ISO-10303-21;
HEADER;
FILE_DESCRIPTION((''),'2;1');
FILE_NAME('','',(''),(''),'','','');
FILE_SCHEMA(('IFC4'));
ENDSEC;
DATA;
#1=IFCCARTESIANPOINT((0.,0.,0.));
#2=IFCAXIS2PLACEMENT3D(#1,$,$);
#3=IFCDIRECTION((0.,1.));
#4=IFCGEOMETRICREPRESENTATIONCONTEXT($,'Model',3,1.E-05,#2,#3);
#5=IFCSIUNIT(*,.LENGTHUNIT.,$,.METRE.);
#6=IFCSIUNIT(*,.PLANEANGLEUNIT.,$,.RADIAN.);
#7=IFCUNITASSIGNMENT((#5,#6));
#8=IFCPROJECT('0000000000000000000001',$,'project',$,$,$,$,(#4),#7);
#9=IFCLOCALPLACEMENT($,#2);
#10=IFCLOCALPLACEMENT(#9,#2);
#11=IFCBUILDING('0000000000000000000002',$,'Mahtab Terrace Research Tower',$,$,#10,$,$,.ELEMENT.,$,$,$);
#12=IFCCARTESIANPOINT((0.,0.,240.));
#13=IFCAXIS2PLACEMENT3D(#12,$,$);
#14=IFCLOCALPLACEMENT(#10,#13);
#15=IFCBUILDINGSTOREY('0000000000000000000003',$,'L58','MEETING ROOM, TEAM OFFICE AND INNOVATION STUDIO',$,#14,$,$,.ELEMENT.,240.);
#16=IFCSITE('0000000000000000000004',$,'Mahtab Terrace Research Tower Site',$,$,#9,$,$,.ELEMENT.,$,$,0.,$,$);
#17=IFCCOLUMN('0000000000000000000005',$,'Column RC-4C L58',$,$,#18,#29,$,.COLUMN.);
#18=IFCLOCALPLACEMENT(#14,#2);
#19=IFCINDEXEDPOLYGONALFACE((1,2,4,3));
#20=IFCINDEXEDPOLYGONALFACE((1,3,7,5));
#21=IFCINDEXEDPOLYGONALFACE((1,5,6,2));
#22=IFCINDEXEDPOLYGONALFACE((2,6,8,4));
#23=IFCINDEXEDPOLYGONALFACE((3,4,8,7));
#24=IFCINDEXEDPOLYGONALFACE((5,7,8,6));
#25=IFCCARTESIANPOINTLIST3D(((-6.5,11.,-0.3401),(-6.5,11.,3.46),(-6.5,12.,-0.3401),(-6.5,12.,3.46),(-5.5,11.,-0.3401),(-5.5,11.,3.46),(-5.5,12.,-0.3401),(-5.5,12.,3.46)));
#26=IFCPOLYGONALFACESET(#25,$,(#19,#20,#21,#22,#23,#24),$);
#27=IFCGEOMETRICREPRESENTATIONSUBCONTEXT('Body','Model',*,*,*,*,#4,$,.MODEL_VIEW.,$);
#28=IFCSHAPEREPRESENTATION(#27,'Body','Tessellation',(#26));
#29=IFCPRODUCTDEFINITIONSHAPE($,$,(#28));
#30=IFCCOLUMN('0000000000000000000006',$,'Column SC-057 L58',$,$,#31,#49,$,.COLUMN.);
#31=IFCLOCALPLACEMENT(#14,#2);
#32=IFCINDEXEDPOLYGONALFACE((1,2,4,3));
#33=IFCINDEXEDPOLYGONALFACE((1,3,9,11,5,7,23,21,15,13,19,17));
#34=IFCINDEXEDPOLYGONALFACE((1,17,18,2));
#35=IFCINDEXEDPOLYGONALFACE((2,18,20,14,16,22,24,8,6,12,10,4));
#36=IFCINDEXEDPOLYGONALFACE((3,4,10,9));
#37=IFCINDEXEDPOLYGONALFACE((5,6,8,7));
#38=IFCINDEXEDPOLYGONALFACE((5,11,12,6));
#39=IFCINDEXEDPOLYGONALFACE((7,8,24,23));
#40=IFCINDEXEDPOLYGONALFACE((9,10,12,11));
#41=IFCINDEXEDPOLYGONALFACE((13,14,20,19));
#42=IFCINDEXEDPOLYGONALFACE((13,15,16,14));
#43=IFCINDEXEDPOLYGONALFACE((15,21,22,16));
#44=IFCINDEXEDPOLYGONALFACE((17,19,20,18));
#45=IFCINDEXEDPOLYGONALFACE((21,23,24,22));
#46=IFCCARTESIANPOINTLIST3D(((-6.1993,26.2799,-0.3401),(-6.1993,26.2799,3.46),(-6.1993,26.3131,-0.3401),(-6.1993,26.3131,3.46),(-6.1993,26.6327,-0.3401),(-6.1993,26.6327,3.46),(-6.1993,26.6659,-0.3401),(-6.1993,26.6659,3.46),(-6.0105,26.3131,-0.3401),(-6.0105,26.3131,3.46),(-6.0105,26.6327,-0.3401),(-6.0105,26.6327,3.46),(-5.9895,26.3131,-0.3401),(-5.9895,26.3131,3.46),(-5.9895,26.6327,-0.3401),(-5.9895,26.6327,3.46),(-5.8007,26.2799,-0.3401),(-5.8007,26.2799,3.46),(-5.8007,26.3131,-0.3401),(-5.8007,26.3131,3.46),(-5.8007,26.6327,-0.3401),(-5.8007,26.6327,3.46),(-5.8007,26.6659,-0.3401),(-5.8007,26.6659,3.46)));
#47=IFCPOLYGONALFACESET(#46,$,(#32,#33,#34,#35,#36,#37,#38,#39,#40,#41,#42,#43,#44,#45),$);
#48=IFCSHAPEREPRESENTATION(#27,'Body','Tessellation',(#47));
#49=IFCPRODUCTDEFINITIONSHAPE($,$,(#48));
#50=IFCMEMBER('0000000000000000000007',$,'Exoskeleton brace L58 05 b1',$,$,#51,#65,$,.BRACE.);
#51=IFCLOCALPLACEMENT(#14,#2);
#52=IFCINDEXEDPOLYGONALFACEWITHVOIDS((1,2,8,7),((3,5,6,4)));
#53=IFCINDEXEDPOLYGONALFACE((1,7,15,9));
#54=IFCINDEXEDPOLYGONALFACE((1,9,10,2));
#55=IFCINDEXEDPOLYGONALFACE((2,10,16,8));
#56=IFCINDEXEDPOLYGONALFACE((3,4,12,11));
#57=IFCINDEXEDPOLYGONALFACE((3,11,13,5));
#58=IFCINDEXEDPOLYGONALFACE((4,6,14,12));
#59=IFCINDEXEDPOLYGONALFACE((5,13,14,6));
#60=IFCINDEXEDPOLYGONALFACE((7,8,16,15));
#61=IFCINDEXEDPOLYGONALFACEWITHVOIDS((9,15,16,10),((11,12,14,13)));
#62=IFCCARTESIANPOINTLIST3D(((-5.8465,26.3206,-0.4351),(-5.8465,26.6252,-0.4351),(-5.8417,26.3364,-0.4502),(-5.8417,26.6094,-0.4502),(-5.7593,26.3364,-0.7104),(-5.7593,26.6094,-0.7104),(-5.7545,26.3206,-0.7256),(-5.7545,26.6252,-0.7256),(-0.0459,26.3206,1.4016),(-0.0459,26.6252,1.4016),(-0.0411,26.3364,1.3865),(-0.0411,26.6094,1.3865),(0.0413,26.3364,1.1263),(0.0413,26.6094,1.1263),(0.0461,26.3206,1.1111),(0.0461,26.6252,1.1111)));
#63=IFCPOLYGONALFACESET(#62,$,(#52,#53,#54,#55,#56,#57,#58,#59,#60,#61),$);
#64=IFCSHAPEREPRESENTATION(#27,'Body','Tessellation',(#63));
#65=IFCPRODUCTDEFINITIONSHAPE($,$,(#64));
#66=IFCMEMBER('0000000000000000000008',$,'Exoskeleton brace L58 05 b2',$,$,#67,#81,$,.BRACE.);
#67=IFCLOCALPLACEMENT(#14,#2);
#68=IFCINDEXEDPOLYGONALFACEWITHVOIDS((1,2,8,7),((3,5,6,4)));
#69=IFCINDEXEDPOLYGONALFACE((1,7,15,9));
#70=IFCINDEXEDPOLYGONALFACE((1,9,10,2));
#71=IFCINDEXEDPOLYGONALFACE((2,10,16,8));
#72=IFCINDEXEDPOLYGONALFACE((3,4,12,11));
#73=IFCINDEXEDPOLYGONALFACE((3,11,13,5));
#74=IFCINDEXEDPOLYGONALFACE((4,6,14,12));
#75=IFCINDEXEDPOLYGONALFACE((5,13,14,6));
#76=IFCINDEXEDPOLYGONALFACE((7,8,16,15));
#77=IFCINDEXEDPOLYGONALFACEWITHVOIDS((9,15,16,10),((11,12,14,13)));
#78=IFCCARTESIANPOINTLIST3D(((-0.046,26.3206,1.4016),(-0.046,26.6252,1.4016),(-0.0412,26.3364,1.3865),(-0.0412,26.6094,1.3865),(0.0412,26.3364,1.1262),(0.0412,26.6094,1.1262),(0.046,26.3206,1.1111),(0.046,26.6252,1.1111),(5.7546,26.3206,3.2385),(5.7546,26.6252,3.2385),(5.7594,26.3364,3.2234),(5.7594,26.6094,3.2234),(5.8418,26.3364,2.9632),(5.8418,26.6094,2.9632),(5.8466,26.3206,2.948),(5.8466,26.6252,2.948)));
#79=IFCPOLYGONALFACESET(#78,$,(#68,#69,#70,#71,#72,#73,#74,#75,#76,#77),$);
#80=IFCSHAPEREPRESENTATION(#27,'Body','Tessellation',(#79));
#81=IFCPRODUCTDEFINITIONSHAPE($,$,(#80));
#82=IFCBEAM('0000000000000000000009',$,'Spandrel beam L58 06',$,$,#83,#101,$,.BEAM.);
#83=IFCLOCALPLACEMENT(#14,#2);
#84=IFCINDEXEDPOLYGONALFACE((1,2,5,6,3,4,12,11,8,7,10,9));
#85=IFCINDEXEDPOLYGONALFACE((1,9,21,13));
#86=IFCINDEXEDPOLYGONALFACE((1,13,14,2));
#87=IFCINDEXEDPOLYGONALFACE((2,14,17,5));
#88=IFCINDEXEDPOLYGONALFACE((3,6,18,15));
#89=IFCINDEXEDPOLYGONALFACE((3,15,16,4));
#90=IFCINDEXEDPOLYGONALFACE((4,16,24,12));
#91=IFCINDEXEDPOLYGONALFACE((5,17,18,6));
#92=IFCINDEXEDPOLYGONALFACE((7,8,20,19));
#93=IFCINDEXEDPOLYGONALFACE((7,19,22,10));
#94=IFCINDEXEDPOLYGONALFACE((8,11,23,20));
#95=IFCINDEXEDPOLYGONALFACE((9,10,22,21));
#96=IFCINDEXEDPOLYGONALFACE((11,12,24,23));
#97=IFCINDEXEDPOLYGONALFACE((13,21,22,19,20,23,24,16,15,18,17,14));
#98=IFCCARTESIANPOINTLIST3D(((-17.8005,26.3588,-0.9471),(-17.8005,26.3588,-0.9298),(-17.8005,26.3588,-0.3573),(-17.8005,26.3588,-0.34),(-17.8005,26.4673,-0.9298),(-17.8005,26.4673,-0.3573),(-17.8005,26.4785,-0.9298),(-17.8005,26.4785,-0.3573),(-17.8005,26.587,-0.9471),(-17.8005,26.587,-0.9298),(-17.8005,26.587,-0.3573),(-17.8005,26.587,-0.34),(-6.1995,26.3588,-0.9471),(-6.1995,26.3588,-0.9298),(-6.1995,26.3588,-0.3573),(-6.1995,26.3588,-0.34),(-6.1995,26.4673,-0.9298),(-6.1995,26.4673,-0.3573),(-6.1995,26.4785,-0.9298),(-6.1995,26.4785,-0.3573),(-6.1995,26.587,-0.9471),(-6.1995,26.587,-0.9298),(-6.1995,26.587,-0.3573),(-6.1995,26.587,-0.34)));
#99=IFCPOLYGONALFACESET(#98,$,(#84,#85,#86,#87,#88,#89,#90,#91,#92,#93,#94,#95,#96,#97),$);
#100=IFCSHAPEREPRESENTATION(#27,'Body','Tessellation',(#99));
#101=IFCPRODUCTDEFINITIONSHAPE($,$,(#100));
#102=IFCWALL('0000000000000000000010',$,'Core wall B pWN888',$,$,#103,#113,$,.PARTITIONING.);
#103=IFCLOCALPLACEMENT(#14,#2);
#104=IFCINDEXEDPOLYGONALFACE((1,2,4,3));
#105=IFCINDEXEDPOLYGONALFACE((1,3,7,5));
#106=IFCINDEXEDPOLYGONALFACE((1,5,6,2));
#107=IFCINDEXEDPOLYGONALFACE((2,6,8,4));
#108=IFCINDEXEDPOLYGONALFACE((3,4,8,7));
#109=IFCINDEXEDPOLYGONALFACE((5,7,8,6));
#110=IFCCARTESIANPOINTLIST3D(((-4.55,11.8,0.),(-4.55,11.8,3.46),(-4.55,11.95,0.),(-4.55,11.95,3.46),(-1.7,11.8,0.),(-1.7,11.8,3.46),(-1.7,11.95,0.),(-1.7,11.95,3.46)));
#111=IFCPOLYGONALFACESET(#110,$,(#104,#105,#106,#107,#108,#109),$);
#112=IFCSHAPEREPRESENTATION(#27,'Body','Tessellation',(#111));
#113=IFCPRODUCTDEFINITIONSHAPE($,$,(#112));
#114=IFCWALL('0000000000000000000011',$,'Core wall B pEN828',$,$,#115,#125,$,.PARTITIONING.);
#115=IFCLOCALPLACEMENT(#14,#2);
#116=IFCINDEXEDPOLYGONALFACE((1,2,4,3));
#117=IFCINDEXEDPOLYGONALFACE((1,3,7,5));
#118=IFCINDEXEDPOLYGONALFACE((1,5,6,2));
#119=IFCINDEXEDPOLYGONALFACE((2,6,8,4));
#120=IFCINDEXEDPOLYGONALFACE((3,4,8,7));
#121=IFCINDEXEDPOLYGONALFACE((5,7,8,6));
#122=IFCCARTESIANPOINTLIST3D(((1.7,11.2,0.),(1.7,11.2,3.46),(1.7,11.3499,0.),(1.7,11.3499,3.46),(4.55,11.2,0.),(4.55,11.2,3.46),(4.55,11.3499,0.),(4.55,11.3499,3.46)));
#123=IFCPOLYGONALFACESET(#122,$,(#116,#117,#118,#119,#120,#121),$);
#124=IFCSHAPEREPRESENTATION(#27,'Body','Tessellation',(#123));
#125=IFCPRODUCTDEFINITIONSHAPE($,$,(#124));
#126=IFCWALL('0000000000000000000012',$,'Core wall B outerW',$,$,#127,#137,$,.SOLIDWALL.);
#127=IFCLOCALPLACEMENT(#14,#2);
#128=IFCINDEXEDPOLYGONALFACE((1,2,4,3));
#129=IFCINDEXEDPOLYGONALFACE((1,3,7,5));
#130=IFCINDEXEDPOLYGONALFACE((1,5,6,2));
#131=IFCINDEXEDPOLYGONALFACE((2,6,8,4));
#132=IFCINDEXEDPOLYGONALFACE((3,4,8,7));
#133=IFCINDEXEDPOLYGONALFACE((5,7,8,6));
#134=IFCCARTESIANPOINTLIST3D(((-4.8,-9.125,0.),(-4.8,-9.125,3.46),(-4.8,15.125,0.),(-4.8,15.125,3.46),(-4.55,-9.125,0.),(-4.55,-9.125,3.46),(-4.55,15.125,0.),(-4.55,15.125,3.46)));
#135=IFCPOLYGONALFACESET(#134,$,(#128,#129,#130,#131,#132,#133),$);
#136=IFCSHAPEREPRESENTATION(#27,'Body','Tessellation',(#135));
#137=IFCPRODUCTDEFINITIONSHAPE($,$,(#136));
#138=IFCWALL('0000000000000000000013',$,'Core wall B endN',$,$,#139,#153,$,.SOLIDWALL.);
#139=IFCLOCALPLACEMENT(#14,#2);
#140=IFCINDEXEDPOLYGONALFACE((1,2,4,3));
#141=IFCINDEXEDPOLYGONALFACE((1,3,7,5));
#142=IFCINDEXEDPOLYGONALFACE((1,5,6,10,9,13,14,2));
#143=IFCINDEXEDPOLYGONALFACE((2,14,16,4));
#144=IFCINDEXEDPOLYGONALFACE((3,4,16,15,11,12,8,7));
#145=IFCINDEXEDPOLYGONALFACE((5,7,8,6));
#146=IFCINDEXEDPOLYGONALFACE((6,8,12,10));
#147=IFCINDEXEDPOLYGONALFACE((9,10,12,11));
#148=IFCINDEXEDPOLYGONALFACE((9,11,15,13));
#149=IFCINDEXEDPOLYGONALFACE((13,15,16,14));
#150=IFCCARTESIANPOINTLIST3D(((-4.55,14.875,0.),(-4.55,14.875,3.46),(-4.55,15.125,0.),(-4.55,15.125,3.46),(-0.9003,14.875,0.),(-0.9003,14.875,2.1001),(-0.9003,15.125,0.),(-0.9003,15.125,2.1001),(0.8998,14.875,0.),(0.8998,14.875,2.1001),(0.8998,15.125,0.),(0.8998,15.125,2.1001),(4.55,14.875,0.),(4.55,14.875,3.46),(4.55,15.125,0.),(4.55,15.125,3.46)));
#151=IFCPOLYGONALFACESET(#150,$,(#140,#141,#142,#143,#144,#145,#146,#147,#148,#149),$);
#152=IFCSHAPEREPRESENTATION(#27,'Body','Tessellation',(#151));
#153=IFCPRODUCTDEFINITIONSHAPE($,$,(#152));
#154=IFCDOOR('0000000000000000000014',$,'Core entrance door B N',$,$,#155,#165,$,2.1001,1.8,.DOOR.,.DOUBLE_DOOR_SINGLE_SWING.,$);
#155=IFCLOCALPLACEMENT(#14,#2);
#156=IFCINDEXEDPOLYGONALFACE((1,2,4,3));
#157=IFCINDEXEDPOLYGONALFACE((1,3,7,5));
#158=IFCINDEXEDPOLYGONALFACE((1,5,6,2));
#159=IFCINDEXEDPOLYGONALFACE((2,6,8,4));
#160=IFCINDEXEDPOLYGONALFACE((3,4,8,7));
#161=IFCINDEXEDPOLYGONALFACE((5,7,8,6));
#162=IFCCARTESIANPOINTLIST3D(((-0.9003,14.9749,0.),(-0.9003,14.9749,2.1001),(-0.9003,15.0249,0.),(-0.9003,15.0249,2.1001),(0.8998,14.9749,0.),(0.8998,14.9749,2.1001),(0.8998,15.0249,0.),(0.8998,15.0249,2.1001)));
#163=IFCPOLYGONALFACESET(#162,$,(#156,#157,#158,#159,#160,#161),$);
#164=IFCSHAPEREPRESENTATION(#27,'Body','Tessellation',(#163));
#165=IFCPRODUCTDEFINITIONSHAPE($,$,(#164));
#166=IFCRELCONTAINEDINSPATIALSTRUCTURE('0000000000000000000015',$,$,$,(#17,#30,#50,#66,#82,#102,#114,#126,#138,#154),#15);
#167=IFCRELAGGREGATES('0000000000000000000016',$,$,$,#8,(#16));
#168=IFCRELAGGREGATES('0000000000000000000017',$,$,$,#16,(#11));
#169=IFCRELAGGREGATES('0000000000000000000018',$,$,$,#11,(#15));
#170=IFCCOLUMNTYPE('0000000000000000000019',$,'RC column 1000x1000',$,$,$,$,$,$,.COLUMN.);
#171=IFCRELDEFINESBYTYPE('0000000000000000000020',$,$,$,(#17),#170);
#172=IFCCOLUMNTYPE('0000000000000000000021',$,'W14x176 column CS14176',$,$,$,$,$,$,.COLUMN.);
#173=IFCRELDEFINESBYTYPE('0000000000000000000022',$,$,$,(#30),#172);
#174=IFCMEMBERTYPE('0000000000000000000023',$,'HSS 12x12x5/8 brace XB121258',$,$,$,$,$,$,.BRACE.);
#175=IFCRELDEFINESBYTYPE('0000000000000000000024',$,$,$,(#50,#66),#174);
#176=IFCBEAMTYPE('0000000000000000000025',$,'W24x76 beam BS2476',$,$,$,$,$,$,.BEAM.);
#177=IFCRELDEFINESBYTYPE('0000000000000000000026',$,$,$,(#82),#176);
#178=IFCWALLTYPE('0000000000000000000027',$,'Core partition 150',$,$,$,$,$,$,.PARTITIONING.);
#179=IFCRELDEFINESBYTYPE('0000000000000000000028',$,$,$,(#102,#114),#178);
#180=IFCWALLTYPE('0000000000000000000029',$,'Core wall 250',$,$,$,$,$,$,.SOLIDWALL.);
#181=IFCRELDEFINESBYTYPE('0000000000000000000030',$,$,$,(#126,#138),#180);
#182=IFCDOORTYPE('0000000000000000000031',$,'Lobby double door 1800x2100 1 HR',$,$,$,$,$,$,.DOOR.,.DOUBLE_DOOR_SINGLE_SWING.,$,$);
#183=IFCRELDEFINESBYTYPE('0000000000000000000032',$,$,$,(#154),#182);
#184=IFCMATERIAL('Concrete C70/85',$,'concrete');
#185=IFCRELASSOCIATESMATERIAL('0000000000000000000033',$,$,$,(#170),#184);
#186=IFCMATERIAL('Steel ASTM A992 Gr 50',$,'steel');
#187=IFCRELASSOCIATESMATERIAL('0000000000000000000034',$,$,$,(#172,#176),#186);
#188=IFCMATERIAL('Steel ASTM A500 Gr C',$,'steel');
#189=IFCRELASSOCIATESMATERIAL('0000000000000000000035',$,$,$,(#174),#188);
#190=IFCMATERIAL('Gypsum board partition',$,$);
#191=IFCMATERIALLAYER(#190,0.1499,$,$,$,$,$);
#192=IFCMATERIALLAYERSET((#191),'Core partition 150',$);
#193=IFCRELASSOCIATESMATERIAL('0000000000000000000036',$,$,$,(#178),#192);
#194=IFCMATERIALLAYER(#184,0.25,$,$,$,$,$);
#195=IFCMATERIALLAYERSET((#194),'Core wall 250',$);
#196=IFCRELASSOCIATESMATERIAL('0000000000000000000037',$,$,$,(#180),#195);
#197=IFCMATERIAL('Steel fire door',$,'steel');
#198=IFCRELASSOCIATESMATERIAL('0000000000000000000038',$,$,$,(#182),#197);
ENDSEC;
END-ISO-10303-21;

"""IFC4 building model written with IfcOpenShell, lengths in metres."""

from ifc_helpers import new_model, si_unit, direction, frame, frame_2d, origin, origin_2d, place, context, subcontext, project, spatial, rectangle, hollow_rectangle, i_section, extrude, material, layer, layer_set, material_profile, profile_set, type_object, element, fill, save


model = new_model("IFC4")

# Units and contexts
model_context = context("Model", 3, precision=1e-05, world=origin(), true_north=direction((0.0, 1.0)))
body_context = subcontext(model_context, "Body", "Model", "MODEL_VIEW")
ifc_project = project(units=[si_unit("LENGTHUNIT", "METRE"), si_unit("PLANEANGLEUNIT", "RADIAN")], contexts=[model_context])

# Site, building, storey
site_placement = place(None, origin())
site = spatial("IfcSite", under=ifc_project, at=site_placement, Name="Mahtab Terrace Research Tower Site", CompositionType="ELEMENT", RefElevation=0.0)
building_placement = place(site_placement, origin())
building = spatial("IfcBuilding", under=site, at=building_placement, Name="Mahtab Terrace Research Tower", CompositionType="ELEMENT")
storey_placement = place(building_placement, frame((0.0, 0.0, 240.0)))
storey = spatial("IfcBuildingStorey", under=building, at=storey_placement, Name="L58", Description="MEETING ROOM, TEAM OFFICE AND INNOVATION STUDIO", CompositionType="ELEMENT", Elevation=240.0)

# Columns
ifc_material_1 = material(Name="Concrete C70/85", Category="concrete")
ifc_material_profile_1 = material_profile(ifc_material_1, rectangle(XDim=1.0, YDim=1.0, at=origin_2d()), Name="RC column 1000x1000")
ifc_profile_set_1 = profile_set([ifc_material_profile_1], Name="Concrete C70/85")
column_type_1 = type_object("IfcColumnType", Name="RC column 1000x1000", PredefinedType="COLUMN", material=ifc_profile_set_1)
column_1_placement = place(storey_placement, frame((-6.0, 11.5, -0.3401), z_axis=(0.0, 0.0, 1.0), x_axis=(1.0, 0.0, 0.0)))
element("IfcColumn", 1, at=column_1_placement, inside=storey, type_object=column_type_1, Name="Column RC-4C L58", PredefinedType="COLUMN", context=body_context, shape_type="SweptSolid", body=[
    extrude(rectangle(XDim=1.0, YDim=1.0, at=origin_2d()), origin(), (0.0, 0.0, 1.0), 3.8),
])
ifc_material_2 = material(Name="Steel ASTM A992 Gr 50", Category="steel")
ifc_material_profile_2 = material_profile(ifc_material_2, i_section(OverallWidth=0.3987, OverallDepth=0.386, WebThickness=0.021, FlangeThickness=0.0332, at=origin_2d()), Name="W14X176")
ifc_profile_set_2 = profile_set([ifc_material_profile_2], Name="Steel ASTM A992 Gr 50")
column_type_2 = type_object("IfcColumnType", Name="W14x176 column CS14176", PredefinedType="COLUMN", material=ifc_profile_set_2)
column_2_placement = place(storey_placement, frame((-6.0, 26.4729, -0.3401), z_axis=(0.0, 0.0, 1.0), x_axis=(1.0, 0.0, 0.0)))
element("IfcColumn", 2, at=column_2_placement, inside=storey, type_object=column_type_2, Name="Column SC-057 L58", PredefinedType="COLUMN", context=body_context, shape_type="SweptSolid", body=[
    extrude(i_section(OverallWidth=0.3987, OverallDepth=0.386, WebThickness=0.021, FlangeThickness=0.0332, at=origin_2d()), origin(), (0.0, 0.0, 1.0), 3.8),
])

# Members
ifc_material_3 = material(Name="Steel ASTM A500 Gr C", Category="steel")
ifc_material_profile_3 = material_profile(ifc_material_3, hollow_rectangle(XDim=0.3047, YDim=0.3047, WallThickness=0.0159, at=origin_2d()), Name="HSS12X12X5/8")
ifc_profile_set_3 = profile_set([ifc_material_profile_3], Name="Steel ASTM A500 Gr C")
member_type = type_object("IfcMemberType", Name="HSS 12x12x5/8 brace XB121258", PredefinedType="BRACE", material=ifc_profile_set_3)
for number, where, z_axis, x_axis, name in (
    (3, (-5.8005, 26.4729, -0.5803), (0.95335, 0.0, 0.301867), (0.0, 1.0, 0.0), "Exoskeleton brace L58 05 b1"),
    (4, (0.0, 26.4729, 1.2563), (0.953339, 0.0, 0.301903), (0.0, 1.0, 0.0), "Exoskeleton brace L58 05 b2"),
):
    element("IfcMember", number, at=place(storey_placement, frame(where, z_axis=z_axis, x_axis=x_axis)), inside=storey, type_object=member_type, Name=name, PredefinedType="BRACE", context=body_context, shape_type="SweptSolid", body=[
        extrude(hollow_rectangle(XDim=0.3047, YDim=0.3047, WallThickness=0.0159, at=origin_2d()), origin(), (0.0, 0.0, 1.0), 6.0845),
    ])

# Beam
ifc_material_profile_4 = material_profile(ifc_material_2, i_section(OverallWidth=0.2283, OverallDepth=0.6072, WebThickness=0.0112, FlangeThickness=0.0173, at=origin_2d()), Name="W24X76")
ifc_profile_set_4 = profile_set([ifc_material_profile_4], Name="Steel ASTM A992 Gr 50")
beam_type = type_object("IfcBeamType", Name="W24x76 beam BS2476", PredefinedType="BEAM", material=ifc_profile_set_4)
beam_placement = place(storey_placement, frame((-6.1995, 26.4729, -0.6436), z_axis=(-1.0, 0.0, 0.0), x_axis=(0.0, -1.0, 0.0)))
element("IfcBeam", 5, at=beam_placement, inside=storey, type_object=beam_type, Name="Spandrel beam L58 06", PredefinedType="BEAM", context=body_context, shape_type="SweptSolid", body=[
    extrude(i_section(OverallWidth=0.2283, OverallDepth=0.6072, WebThickness=0.0112, FlangeThickness=0.0173, at=origin_2d()), origin(), (0.0, 0.0, 1.0), 11.6011),
])

# Walls
ifc_material_4 = material(Name="Gypsum board partition")
ifc_layer_1 = layer(ifc_material_4, 0.1499)
ifc_layer_set_1 = layer_set([ifc_layer_1], Name="Core partition 150")
wall_type_1 = type_object("IfcWallType", Name="Core partition 150", PredefinedType="PARTITIONING", material=ifc_layer_set_1)
for number, where, z_axis, x_axis, name in (
    (6, (-4.55, 11.875, 0.0), (0.0, 0.0, 1.0), (1.0, 0.0, 0.0), "Core wall B pWN888"),
    (7, (1.7, 11.2749, 0.0), (0.0, 0.0, 1.0), (1.0, 0.0, 0.0), "Core wall B pEN828"),
):
    element("IfcWall", number, at=place(storey_placement, frame(where, z_axis=z_axis, x_axis=x_axis)), inside=storey, type_object=wall_type_1, Name=name, PredefinedType="PARTITIONING", context=body_context, shape_type="SweptSolid", body=[
        extrude(rectangle(XDim=2.8501, YDim=0.1499, at=frame_2d((1.425, 0.0))), origin(), (0.0, 0.0, 1.0), 3.46),
    ])
ifc_layer_2 = layer(ifc_material_1, 0.25)
ifc_layer_set_2 = layer_set([ifc_layer_2], Name="Core wall 250")
wall_type_2 = type_object("IfcWallType", Name="Core wall 250", PredefinedType="SOLIDWALL", material=ifc_layer_set_2)
wall_1_placement = place(storey_placement, frame((-4.675, 15.125, 0.0), z_axis=(0.0, 0.0, 1.0), x_axis=(0.0, -1.0, 0.0)))
element("IfcWall", 8, at=wall_1_placement, inside=storey, type_object=wall_type_2, Name="Core wall B outerW", PredefinedType="SOLIDWALL", context=body_context, shape_type="SweptSolid", body=[
    extrude(rectangle(XDim=24.25, YDim=0.25, at=frame_2d((12.125, 0.0))), origin(), (0.0, 0.0, 1.0), 3.46),
])

# Wall, opening, door
wall_2_placement = place(storey_placement, frame((-4.55, 15.0, 0.0), z_axis=(0.0, 0.0, 1.0), x_axis=(1.0, 0.0, 0.0)))
wall_2 = element("IfcWall", 9, at=wall_2_placement, inside=storey, type_object=wall_type_2, Name="Core wall B endN", PredefinedType="SOLIDWALL", context=body_context, shape_type="SweptSolid", body=[
    extrude(rectangle(XDim=9.1001, YDim=0.25, at=frame_2d((4.55, 0.0))), origin(), (0.0, 0.0, 1.0), 3.46),
])
opening_1_placement = place(wall_2_placement, frame((3.6499, 0.0, 0.0)))
opening_1 = element("IfcOpeningElement", 10, at=opening_1_placement, cuts=wall_2, PredefinedType="OPENING", context=body_context, shape_type="SweptSolid", body=[
    extrude(rectangle(XDim=1.8, YDim=2.1001, at=frame_2d((0.8999, 1.05))), frame((0.0, 0.135, 0.0), z_axis=(0.0, -1.0, 0.0), x_axis=(1.0, 0.0, 0.0)), (0.0, 0.0, 1.0), 0.27),
])
ifc_material_5 = material(Name="Steel fire door", Category="steel")
door_type_1 = type_object("IfcDoorType", Name="Lobby double door 1800x2100 1 HR", OperationType="DOUBLE_DOOR_SINGLE_SWING", PredefinedType="DOOR", material=ifc_material_5)
door_1_placement = place(opening_1_placement, origin())
door_1 = element("IfcDoor", 11, at=door_1_placement, inside=storey, type_object=door_type_1, Name="Core entrance door B N", OperationType="DOUBLE_DOOR_SINGLE_SWING", OverallHeight=2.1001, OverallWidth=1.8, PredefinedType="DOOR", context=body_context, shape_type="SweptSolid", body=[
    extrude(rectangle(XDim=1.8, YDim=2.1001, at=frame_2d((0.8999, 1.05))), frame((0.0, 0.0249, 0.0), z_axis=(0.0, -1.0, 0.0), x_axis=(1.0, 0.0, 0.0)), (0.0, 0.0, 1.0), 0.05),
])
fill(opening_1, door_1)

save(model, "model.ifc")
